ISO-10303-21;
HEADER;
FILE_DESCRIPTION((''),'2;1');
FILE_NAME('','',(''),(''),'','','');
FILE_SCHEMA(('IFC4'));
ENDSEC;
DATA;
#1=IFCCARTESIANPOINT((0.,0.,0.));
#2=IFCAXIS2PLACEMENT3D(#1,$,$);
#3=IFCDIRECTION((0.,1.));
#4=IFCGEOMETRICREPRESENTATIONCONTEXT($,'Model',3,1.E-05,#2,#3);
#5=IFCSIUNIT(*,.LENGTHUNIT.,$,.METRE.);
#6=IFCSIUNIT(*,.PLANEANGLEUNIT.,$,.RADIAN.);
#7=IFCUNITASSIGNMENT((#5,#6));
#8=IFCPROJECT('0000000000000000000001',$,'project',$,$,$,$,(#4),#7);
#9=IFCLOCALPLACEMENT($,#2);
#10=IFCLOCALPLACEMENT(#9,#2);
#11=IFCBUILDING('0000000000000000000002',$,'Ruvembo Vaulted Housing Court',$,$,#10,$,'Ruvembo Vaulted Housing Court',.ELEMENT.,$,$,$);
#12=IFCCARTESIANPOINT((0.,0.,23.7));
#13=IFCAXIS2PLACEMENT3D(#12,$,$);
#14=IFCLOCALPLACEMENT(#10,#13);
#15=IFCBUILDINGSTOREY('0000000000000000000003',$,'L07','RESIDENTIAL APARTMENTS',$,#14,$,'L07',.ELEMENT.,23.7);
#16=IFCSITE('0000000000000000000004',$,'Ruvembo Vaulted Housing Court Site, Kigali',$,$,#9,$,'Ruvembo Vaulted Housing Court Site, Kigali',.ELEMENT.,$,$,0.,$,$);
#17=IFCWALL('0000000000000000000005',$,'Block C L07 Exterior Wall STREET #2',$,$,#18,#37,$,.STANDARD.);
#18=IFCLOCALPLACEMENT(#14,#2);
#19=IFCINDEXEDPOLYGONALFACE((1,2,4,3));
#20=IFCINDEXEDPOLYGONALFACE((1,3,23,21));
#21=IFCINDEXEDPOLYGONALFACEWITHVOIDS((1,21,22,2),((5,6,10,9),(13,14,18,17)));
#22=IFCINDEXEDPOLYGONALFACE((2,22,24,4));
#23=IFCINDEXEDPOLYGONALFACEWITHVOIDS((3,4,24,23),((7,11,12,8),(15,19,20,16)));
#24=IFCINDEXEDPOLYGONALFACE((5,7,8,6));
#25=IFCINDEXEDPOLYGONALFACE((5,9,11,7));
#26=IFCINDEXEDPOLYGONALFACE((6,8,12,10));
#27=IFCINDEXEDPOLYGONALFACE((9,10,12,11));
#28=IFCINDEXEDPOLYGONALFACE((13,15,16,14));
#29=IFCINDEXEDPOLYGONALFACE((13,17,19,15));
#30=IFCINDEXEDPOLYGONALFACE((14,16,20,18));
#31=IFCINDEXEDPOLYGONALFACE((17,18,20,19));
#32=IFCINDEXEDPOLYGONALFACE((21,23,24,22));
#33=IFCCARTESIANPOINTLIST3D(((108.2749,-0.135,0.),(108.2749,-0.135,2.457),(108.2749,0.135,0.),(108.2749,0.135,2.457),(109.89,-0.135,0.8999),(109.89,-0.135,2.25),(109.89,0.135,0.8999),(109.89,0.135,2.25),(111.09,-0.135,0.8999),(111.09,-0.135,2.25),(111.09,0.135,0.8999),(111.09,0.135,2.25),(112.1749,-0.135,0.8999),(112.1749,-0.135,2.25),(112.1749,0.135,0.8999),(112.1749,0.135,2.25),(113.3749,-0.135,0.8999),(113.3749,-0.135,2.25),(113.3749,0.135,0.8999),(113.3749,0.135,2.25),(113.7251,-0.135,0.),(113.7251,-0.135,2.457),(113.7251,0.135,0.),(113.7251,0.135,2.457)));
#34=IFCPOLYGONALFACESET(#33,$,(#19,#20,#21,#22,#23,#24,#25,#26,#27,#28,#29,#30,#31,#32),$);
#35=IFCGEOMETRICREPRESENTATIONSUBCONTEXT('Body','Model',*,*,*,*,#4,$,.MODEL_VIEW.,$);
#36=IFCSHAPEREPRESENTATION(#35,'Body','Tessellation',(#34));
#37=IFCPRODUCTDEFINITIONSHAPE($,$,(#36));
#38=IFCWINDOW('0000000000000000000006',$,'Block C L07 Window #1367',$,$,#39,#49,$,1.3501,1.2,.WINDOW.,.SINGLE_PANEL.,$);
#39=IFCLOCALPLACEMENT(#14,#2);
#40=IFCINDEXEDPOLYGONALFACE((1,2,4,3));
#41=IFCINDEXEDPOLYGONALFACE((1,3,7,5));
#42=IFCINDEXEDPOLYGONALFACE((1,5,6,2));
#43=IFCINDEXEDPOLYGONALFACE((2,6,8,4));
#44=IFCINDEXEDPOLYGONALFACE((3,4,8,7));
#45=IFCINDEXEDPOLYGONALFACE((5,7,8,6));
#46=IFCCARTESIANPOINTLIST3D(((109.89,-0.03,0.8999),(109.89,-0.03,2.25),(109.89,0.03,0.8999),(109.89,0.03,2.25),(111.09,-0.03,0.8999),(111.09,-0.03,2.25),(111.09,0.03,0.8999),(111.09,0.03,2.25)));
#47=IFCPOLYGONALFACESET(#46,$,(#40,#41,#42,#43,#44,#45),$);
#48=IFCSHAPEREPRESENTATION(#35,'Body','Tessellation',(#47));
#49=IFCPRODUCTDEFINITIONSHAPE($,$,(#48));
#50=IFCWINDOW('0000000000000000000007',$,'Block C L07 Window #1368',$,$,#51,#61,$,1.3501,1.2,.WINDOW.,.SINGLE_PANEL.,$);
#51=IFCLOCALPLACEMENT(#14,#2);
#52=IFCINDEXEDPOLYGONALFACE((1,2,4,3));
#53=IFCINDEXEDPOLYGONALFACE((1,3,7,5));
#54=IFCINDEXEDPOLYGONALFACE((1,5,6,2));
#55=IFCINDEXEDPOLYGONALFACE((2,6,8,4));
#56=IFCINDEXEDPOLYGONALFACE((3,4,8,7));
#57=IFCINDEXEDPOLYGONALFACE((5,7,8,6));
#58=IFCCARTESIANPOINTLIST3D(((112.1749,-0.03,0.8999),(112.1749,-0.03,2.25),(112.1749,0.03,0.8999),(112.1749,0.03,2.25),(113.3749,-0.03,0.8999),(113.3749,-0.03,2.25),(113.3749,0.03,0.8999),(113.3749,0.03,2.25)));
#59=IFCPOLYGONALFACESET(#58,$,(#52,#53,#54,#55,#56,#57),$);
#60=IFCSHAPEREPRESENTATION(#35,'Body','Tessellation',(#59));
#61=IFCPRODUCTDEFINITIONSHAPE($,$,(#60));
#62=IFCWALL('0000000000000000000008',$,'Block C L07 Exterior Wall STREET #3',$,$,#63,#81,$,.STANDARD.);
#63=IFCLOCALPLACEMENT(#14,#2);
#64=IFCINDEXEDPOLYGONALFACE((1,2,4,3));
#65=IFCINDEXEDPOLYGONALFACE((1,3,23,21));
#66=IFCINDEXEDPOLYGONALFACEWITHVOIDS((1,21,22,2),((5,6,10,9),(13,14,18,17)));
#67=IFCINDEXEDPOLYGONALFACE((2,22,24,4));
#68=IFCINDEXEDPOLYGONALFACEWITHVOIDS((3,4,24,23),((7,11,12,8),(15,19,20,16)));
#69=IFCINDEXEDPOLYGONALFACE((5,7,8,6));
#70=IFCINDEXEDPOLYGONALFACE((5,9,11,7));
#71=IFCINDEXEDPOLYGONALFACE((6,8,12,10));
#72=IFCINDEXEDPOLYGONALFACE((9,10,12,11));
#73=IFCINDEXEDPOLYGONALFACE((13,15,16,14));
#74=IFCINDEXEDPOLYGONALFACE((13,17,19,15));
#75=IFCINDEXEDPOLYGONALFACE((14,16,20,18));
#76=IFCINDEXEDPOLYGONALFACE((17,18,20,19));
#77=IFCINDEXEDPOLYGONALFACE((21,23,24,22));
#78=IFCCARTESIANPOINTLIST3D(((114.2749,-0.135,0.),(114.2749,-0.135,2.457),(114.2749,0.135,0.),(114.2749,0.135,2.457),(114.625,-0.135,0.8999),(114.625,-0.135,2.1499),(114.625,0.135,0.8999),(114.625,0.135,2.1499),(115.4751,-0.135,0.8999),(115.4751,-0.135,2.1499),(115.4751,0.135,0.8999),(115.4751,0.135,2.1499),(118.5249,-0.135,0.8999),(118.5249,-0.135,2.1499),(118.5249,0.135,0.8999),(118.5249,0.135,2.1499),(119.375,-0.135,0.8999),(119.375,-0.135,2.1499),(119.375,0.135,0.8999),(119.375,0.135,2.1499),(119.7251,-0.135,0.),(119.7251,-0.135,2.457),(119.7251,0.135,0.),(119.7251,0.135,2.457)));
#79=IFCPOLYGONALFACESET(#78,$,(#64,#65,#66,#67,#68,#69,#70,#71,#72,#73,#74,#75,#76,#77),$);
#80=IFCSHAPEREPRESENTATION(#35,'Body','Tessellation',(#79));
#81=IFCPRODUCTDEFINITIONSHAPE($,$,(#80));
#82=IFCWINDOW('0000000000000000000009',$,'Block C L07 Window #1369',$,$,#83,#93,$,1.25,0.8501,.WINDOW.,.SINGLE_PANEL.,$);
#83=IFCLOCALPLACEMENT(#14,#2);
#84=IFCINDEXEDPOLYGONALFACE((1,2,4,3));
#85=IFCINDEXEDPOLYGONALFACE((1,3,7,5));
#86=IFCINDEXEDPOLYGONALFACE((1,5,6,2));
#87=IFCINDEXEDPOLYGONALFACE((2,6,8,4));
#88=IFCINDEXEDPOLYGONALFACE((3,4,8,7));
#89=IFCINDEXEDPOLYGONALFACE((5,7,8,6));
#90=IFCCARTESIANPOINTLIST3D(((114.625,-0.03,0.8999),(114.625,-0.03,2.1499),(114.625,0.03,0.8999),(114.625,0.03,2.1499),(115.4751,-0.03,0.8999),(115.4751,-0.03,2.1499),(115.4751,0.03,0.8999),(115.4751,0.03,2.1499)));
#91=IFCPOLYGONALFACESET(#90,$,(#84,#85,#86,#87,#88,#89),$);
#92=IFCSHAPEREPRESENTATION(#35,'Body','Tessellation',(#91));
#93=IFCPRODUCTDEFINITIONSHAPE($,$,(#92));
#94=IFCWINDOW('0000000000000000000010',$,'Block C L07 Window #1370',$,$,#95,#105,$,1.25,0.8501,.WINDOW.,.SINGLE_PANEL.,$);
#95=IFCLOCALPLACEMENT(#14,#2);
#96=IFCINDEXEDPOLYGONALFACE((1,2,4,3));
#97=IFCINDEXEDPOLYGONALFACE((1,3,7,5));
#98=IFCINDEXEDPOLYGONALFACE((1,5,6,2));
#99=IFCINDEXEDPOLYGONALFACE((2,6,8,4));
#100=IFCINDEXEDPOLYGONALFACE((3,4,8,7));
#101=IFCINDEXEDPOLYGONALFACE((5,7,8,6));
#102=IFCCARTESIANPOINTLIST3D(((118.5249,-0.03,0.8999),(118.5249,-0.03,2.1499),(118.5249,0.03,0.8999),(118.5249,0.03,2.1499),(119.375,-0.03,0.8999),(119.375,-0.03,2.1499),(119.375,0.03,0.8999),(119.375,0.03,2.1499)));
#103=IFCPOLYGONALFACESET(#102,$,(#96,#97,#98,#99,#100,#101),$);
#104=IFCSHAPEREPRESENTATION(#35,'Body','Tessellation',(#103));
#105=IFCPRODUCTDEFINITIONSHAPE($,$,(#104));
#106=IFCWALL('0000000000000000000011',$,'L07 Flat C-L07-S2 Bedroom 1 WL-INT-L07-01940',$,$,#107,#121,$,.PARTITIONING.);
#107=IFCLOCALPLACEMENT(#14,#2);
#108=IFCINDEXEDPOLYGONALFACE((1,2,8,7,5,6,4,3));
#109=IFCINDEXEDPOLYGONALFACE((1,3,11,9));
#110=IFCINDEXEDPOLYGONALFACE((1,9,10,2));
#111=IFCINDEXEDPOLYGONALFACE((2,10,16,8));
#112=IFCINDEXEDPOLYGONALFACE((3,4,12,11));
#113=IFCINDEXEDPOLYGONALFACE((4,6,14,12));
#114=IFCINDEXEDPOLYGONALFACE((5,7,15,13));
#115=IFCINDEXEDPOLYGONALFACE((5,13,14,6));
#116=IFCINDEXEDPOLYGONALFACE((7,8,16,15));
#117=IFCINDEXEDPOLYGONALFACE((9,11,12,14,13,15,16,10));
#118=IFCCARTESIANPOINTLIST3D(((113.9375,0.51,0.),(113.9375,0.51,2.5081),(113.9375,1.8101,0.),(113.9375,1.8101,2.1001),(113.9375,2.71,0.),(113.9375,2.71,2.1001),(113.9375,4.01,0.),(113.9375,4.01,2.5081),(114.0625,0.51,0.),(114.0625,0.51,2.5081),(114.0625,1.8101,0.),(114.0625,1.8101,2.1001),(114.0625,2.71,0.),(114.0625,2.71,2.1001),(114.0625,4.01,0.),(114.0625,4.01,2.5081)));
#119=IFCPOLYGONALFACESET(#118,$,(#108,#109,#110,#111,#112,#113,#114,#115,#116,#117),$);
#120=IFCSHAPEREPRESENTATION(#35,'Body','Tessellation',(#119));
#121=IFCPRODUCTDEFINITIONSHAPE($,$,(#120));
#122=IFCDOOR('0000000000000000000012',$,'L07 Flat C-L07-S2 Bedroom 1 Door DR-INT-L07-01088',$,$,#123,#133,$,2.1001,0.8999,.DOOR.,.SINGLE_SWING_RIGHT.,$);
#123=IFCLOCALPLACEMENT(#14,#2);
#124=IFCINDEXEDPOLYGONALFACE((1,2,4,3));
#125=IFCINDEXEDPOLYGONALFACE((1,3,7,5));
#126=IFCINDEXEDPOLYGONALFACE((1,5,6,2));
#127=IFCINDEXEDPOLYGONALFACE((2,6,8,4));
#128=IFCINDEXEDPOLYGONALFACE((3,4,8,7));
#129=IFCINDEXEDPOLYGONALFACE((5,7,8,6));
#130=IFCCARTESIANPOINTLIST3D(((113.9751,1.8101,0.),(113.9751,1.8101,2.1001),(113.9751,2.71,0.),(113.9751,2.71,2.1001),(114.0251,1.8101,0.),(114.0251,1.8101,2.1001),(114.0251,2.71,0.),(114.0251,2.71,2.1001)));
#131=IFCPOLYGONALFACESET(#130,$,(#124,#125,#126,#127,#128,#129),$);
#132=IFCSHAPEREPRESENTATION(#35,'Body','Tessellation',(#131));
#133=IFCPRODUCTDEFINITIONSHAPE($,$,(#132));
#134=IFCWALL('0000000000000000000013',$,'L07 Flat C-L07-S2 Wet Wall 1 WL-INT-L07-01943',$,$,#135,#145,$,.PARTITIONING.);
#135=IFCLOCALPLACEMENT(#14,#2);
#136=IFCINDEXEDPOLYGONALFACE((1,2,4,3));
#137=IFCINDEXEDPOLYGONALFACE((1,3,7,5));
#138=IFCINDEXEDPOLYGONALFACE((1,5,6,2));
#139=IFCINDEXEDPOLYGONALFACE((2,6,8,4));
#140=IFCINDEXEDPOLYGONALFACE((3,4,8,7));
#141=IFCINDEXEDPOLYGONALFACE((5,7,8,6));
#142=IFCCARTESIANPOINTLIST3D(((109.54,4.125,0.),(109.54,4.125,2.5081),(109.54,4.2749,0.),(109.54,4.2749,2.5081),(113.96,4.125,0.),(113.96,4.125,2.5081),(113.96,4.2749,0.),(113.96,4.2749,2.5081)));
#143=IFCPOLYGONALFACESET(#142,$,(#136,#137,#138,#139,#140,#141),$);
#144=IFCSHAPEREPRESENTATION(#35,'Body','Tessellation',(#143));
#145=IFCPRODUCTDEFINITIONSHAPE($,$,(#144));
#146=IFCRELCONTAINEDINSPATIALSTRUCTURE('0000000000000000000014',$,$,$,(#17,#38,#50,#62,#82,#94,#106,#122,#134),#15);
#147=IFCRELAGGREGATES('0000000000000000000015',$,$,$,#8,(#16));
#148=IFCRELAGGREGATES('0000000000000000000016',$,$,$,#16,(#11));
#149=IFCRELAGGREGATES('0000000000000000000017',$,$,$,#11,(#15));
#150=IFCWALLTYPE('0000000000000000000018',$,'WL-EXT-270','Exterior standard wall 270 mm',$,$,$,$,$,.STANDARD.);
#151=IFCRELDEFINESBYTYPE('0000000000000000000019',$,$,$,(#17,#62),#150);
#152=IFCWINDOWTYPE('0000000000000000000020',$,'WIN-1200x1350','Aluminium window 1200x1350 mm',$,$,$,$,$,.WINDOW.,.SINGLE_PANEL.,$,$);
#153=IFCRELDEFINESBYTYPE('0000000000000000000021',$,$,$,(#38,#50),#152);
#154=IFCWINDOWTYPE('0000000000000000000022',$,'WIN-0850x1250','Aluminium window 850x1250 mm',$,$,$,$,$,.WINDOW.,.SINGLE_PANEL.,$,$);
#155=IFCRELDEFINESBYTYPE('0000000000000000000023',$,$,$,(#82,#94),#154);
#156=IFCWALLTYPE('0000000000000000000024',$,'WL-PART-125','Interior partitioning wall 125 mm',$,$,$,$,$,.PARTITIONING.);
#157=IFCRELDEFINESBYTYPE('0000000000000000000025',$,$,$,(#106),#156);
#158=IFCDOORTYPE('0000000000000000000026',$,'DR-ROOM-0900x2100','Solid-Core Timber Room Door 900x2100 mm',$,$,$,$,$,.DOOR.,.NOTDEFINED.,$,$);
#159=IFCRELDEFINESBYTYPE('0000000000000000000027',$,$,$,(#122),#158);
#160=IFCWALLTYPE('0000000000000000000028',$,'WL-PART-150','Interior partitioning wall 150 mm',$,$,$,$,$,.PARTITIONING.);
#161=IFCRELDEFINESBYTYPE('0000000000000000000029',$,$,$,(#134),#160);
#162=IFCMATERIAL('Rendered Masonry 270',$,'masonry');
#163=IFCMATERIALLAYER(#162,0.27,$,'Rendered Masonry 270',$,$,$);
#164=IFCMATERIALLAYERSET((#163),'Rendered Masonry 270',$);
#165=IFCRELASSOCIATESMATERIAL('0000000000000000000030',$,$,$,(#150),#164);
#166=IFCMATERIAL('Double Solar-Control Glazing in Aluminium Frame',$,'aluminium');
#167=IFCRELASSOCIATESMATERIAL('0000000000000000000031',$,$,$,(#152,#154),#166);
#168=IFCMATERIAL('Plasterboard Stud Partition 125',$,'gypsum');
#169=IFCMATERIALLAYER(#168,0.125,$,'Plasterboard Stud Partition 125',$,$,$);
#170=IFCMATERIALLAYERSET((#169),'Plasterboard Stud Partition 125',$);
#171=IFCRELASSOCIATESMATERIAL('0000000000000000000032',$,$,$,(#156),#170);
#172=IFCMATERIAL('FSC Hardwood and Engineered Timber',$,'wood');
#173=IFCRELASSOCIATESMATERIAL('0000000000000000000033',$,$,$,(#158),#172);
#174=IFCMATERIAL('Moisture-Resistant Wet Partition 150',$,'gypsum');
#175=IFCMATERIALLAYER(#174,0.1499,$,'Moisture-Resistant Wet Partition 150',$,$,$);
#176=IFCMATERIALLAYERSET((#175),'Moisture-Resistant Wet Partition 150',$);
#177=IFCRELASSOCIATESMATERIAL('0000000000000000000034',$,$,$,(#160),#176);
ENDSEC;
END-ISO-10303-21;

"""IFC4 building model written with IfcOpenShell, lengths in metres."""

from ifc_helpers import new_model, si_unit, direction, frame, frame_2d, origin, place, context, subcontext, project, spatial, rectangle, extrude, material, layer, layer_set, type_object, element, fill, save


model = new_model("IFC4")

# Units and contexts
model_context = context("Model", 3, precision=1e-05, world=origin(), true_north=direction((0.0, 1.0)))
body_context = subcontext(model_context, "Body", "Model", "MODEL_VIEW")
ifc_project = project(units=[si_unit("LENGTHUNIT", "METRE"), si_unit("PLANEANGLEUNIT", "RADIAN")], contexts=[model_context])

# Site, building, storey
site_placement = place(None, origin())
site = spatial("IfcSite", under=ifc_project, at=site_placement, Name="Ruvembo Vaulted Housing Court Site, Kigali", LongName="Ruvembo Vaulted Housing Court Site, Kigali", CompositionType="ELEMENT", RefElevation=0.0)
building_placement = place(site_placement, origin())
building = spatial("IfcBuilding", under=site, at=building_placement, Name="Ruvembo Vaulted Housing Court", LongName="Ruvembo Vaulted Housing Court", CompositionType="ELEMENT")
storey_placement = place(building_placement, frame((0.0, 0.0, 23.7)))
storey = spatial("IfcBuildingStorey", under=building, at=storey_placement, Name="L07", Description="RESIDENTIAL APARTMENTS", LongName="L07", CompositionType="ELEMENT", Elevation=23.7)

# Walls, openings, windows
ifc_material_1 = material(Name="Rendered Masonry 270", Category="masonry")
ifc_layer_1 = layer(ifc_material_1, 0.27, Name="Rendered Masonry 270")
ifc_layer_set_1 = layer_set([ifc_layer_1], Name="Rendered Masonry 270")
wall_type_1 = type_object("IfcWallType", Name="WL-EXT-270", Description="Exterior standard wall 270 mm", PredefinedType="STANDARD", material=ifc_layer_set_1)
wall_1_placement = place(storey_placement, frame((108.2749, 0.0, 0.0), z_axis=(0.0, 0.0, 1.0), x_axis=(1.0, 0.0, 0.0)))
wall_1 = element("IfcWall", 1, at=wall_1_placement, inside=storey, type_object=wall_type_1, Name="Block C L07 Exterior Wall STREET #2", PredefinedType="STANDARD", context=body_context, shape_type="SweptSolid", body=[
    extrude(rectangle(XDim=5.4502, YDim=0.27, at=frame_2d((2.7251, 0.0))), origin(), (0.0, 0.0, 1.0), 2.457),
])
opening_1_placement = place(wall_1_placement, frame((1.615, 0.0, 0.8999)))
opening_1 = element("IfcOpeningElement", 2, at=opening_1_placement, cuts=wall_1, PredefinedType="OPENING", context=body_context, shape_type="SweptSolid", body=[
    extrude(rectangle(XDim=1.2, YDim=1.3501, at=frame_2d((0.6001, 0.675))), frame((0.0, 0.145, 0.0), z_axis=(0.0, -1.0, 0.0), x_axis=(1.0, 0.0, 0.0)), (0.0, 0.0, 1.0), 0.29),
])
opening_2_placement = place(wall_1_placement, frame((3.8999, 0.0, 0.8999)))
opening_2 = element("IfcOpeningElement", 3, at=opening_2_placement, cuts=wall_1, PredefinedType="OPENING", context=body_context, shape_type="SweptSolid", body=[
    extrude(rectangle(XDim=1.2, YDim=1.3501, at=frame_2d((0.6001, 0.675))), frame((0.0, 0.145, 0.0), z_axis=(0.0, -1.0, 0.0), x_axis=(1.0, 0.0, 0.0)), (0.0, 0.0, 1.0), 0.29),
])
ifc_material_2 = material(Name="Double Solar-Control Glazing in Aluminium Frame", Category="aluminium")
window_type_1 = type_object("IfcWindowType", Name="WIN-1200x1350", Description="Aluminium window 1200x1350 mm", PartitioningType="SINGLE_PANEL", PredefinedType="WINDOW", material=ifc_material_2)
window_1_placement = place(opening_1_placement, origin())
window_1 = element("IfcWindow", 4, at=window_1_placement, inside=storey, type_object=window_type_1, Name="Block C L07 Window #1367", OverallHeight=1.3501, OverallWidth=1.2, PartitioningType="SINGLE_PANEL", PredefinedType="WINDOW", context=body_context, shape_type="SweptSolid", body=[
    extrude(rectangle(XDim=1.2, YDim=1.3501, at=frame_2d((0.6001, 0.675))), frame((0.0, 0.03, 0.0), z_axis=(0.0, -1.0, 0.0), x_axis=(1.0, 0.0, 0.0)), (0.0, 0.0, 1.0), 0.0601),
])
fill(opening_1, window_1)
window_2_placement = place(opening_2_placement, origin())
window_2 = element("IfcWindow", 5, at=window_2_placement, inside=storey, type_object=window_type_1, Name="Block C L07 Window #1368", OverallHeight=1.3501, OverallWidth=1.2, PartitioningType="SINGLE_PANEL", PredefinedType="WINDOW", context=body_context, shape_type="SweptSolid", body=[
    extrude(rectangle(XDim=1.2, YDim=1.3501, at=frame_2d((0.6001, 0.675))), frame((0.0, 0.03, 0.0), z_axis=(0.0, -1.0, 0.0), x_axis=(1.0, 0.0, 0.0)), (0.0, 0.0, 1.0), 0.0601),
])
fill(opening_2, window_2)
wall_2_placement = place(storey_placement, frame((114.2749, 0.0, 0.0), z_axis=(0.0, 0.0, 1.0), x_axis=(1.0, 0.0, 0.0)))
wall_2 = element("IfcWall", 6, at=wall_2_placement, inside=storey, type_object=wall_type_1, Name="Block C L07 Exterior Wall STREET #3", PredefinedType="STANDARD", context=body_context, shape_type="SweptSolid", body=[
    extrude(rectangle(XDim=5.4502, YDim=0.27, at=frame_2d((2.7251, 0.0))), origin(), (0.0, 0.0, 1.0), 2.457),
])
opening_3_placement = place(wall_2_placement, frame((0.3501, 0.0, 0.8999)))
opening_3 = element("IfcOpeningElement", 7, at=opening_3_placement, cuts=wall_2, PredefinedType="OPENING", context=body_context, shape_type="SweptSolid", body=[
    extrude(rectangle(XDim=0.8501, YDim=1.25, at=frame_2d((0.425, 0.625))), frame((0.0, 0.145, 0.0), z_axis=(0.0, -1.0, 0.0), x_axis=(1.0, 0.0, 0.0)), (0.0, 0.0, 1.0), 0.29),
])
opening_4_placement = place(wall_2_placement, frame((4.25, 0.0, 0.8999)))
opening_4 = element("IfcOpeningElement", 8, at=opening_4_placement, cuts=wall_2, PredefinedType="OPENING", context=body_context, shape_type="SweptSolid", body=[
    extrude(rectangle(XDim=0.8501, YDim=1.25, at=frame_2d((0.425, 0.625))), frame((0.0, 0.145, 0.0), z_axis=(0.0, -1.0, 0.0), x_axis=(1.0, 0.0, 0.0)), (0.0, 0.0, 1.0), 0.29),
])
window_type_2 = type_object("IfcWindowType", Name="WIN-0850x1250", Description="Aluminium window 850x1250 mm", PartitioningType="SINGLE_PANEL", PredefinedType="WINDOW", material=ifc_material_2)
window_3_placement = place(opening_3_placement, origin())
window_3 = element("IfcWindow", 9, at=window_3_placement, inside=storey, type_object=window_type_2, Name="Block C L07 Window #1369", OverallHeight=1.25, OverallWidth=0.8501, PartitioningType="SINGLE_PANEL", PredefinedType="WINDOW", context=body_context, shape_type="SweptSolid", body=[
    extrude(rectangle(XDim=0.8501, YDim=1.25, at=frame_2d((0.425, 0.625))), frame((0.0, 0.03, 0.0), z_axis=(0.0, -1.0, 0.0), x_axis=(1.0, 0.0, 0.0)), (0.0, 0.0, 1.0), 0.0601),
])
fill(opening_3, window_3)
window_4_placement = place(opening_4_placement, origin())
window_4 = element("IfcWindow", 10, at=window_4_placement, inside=storey, type_object=window_type_2, Name="Block C L07 Window #1370", OverallHeight=1.25, OverallWidth=0.8501, PartitioningType="SINGLE_PANEL", PredefinedType="WINDOW", context=body_context, shape_type="SweptSolid", body=[
    extrude(rectangle(XDim=0.8501, YDim=1.25, at=frame_2d((0.425, 0.625))), frame((0.0, 0.03, 0.0), z_axis=(0.0, -1.0, 0.0), x_axis=(1.0, 0.0, 0.0)), (0.0, 0.0, 1.0), 0.0601),
])
fill(opening_4, window_4)

# Wall, opening, door
ifc_material_3 = material(Name="Plasterboard Stud Partition 125", Category="gypsum")
ifc_layer_2 = layer(ifc_material_3, 0.125, Name="Plasterboard Stud Partition 125")
ifc_layer_set_2 = layer_set([ifc_layer_2], Name="Plasterboard Stud Partition 125")
wall_type_2 = type_object("IfcWallType", Name="WL-PART-125", Description="Interior partitioning wall 125 mm", PredefinedType="PARTITIONING", material=ifc_layer_set_2)
wall_3_placement = place(storey_placement, frame((114.0, 0.51, 0.0), z_axis=(0.0, 0.0, 1.0), x_axis=(0.0, 1.0, 0.0)))
wall_3 = element("IfcWall", 11, at=wall_3_placement, inside=storey, type_object=wall_type_2, Name="L07 Flat C-L07-S2 Bedroom 1 WL-INT-L07-01940", PredefinedType="PARTITIONING", context=body_context, shape_type="SweptSolid", body=[
    extrude(rectangle(XDim=3.5, YDim=0.125, at=frame_2d((1.75, 0.0))), origin(), (0.0, 0.0, 1.0), 2.5081),
])
opening_5_placement = place(wall_3_placement, frame((1.3, 0.0, 0.0)))
opening_5 = element("IfcOpeningElement", 12, at=opening_5_placement, cuts=wall_3, PredefinedType="OPENING", context=body_context, shape_type="SweptSolid", body=[
    extrude(rectangle(XDim=0.8999, YDim=2.1001, at=frame_2d((0.45, 1.05))), frame((0.0, 0.0725, 0.0), z_axis=(0.0, -1.0, 0.0), x_axis=(1.0, 0.0, 0.0)), (0.0, 0.0, 1.0), 0.145),
])
ifc_material_4 = material(Name="FSC Hardwood and Engineered Timber", Category="wood")
door_type_1 = type_object("IfcDoorType", Name="DR-ROOM-0900x2100", Description="Solid-Core Timber Room Door 900x2100 mm", OperationType="NOTDEFINED", PredefinedType="DOOR", material=ifc_material_4)
door_1_placement = place(opening_5_placement, origin())
door_1 = element("IfcDoor", 13, at=door_1_placement, inside=storey, type_object=door_type_1, Name="L07 Flat C-L07-S2 Bedroom 1 Door DR-INT-L07-01088", OperationType="SINGLE_SWING_RIGHT", OverallHeight=2.1001, OverallWidth=0.8999, PredefinedType="DOOR", context=body_context, shape_type="SweptSolid", body=[
    extrude(rectangle(XDim=0.8999, YDim=2.1001, at=frame_2d((0.45, 1.05))), frame((0.0, 0.0249, 0.0), z_axis=(0.0, -1.0, 0.0), x_axis=(1.0, 0.0, 0.0)), (0.0, 0.0, 1.0), 0.05),
])
fill(opening_5, door_1)

# Wall
ifc_material_5 = material(Name="Moisture-Resistant Wet Partition 150", Category="gypsum")
ifc_layer_3 = layer(ifc_material_5, 0.1499, Name="Moisture-Resistant Wet Partition 150")
ifc_layer_set_3 = layer_set([ifc_layer_3], Name="Moisture-Resistant Wet Partition 150")
wall_type_3 = type_object("IfcWallType", Name="WL-PART-150", Description="Interior partitioning wall 150 mm", PredefinedType="PARTITIONING", material=ifc_layer_set_3)
wall_4_placement = place(storey_placement, frame((109.54, 4.2, 0.0), z_axis=(0.0, 0.0, 1.0), x_axis=(1.0, 0.0, 0.0)))
element("IfcWall", 14, at=wall_4_placement, inside=storey, type_object=wall_type_3, Name="L07 Flat C-L07-S2 Wet Wall 1 WL-INT-L07-01943", PredefinedType="PARTITIONING", context=body_context, shape_type="SweptSolid", body=[
    extrude(rectangle(XDim=4.4199, YDim=0.1499, at=frame_2d((2.21, 0.0))), origin(), (0.0, 0.0, 1.0), 2.5081),
])

save(model, "model.ifc")
